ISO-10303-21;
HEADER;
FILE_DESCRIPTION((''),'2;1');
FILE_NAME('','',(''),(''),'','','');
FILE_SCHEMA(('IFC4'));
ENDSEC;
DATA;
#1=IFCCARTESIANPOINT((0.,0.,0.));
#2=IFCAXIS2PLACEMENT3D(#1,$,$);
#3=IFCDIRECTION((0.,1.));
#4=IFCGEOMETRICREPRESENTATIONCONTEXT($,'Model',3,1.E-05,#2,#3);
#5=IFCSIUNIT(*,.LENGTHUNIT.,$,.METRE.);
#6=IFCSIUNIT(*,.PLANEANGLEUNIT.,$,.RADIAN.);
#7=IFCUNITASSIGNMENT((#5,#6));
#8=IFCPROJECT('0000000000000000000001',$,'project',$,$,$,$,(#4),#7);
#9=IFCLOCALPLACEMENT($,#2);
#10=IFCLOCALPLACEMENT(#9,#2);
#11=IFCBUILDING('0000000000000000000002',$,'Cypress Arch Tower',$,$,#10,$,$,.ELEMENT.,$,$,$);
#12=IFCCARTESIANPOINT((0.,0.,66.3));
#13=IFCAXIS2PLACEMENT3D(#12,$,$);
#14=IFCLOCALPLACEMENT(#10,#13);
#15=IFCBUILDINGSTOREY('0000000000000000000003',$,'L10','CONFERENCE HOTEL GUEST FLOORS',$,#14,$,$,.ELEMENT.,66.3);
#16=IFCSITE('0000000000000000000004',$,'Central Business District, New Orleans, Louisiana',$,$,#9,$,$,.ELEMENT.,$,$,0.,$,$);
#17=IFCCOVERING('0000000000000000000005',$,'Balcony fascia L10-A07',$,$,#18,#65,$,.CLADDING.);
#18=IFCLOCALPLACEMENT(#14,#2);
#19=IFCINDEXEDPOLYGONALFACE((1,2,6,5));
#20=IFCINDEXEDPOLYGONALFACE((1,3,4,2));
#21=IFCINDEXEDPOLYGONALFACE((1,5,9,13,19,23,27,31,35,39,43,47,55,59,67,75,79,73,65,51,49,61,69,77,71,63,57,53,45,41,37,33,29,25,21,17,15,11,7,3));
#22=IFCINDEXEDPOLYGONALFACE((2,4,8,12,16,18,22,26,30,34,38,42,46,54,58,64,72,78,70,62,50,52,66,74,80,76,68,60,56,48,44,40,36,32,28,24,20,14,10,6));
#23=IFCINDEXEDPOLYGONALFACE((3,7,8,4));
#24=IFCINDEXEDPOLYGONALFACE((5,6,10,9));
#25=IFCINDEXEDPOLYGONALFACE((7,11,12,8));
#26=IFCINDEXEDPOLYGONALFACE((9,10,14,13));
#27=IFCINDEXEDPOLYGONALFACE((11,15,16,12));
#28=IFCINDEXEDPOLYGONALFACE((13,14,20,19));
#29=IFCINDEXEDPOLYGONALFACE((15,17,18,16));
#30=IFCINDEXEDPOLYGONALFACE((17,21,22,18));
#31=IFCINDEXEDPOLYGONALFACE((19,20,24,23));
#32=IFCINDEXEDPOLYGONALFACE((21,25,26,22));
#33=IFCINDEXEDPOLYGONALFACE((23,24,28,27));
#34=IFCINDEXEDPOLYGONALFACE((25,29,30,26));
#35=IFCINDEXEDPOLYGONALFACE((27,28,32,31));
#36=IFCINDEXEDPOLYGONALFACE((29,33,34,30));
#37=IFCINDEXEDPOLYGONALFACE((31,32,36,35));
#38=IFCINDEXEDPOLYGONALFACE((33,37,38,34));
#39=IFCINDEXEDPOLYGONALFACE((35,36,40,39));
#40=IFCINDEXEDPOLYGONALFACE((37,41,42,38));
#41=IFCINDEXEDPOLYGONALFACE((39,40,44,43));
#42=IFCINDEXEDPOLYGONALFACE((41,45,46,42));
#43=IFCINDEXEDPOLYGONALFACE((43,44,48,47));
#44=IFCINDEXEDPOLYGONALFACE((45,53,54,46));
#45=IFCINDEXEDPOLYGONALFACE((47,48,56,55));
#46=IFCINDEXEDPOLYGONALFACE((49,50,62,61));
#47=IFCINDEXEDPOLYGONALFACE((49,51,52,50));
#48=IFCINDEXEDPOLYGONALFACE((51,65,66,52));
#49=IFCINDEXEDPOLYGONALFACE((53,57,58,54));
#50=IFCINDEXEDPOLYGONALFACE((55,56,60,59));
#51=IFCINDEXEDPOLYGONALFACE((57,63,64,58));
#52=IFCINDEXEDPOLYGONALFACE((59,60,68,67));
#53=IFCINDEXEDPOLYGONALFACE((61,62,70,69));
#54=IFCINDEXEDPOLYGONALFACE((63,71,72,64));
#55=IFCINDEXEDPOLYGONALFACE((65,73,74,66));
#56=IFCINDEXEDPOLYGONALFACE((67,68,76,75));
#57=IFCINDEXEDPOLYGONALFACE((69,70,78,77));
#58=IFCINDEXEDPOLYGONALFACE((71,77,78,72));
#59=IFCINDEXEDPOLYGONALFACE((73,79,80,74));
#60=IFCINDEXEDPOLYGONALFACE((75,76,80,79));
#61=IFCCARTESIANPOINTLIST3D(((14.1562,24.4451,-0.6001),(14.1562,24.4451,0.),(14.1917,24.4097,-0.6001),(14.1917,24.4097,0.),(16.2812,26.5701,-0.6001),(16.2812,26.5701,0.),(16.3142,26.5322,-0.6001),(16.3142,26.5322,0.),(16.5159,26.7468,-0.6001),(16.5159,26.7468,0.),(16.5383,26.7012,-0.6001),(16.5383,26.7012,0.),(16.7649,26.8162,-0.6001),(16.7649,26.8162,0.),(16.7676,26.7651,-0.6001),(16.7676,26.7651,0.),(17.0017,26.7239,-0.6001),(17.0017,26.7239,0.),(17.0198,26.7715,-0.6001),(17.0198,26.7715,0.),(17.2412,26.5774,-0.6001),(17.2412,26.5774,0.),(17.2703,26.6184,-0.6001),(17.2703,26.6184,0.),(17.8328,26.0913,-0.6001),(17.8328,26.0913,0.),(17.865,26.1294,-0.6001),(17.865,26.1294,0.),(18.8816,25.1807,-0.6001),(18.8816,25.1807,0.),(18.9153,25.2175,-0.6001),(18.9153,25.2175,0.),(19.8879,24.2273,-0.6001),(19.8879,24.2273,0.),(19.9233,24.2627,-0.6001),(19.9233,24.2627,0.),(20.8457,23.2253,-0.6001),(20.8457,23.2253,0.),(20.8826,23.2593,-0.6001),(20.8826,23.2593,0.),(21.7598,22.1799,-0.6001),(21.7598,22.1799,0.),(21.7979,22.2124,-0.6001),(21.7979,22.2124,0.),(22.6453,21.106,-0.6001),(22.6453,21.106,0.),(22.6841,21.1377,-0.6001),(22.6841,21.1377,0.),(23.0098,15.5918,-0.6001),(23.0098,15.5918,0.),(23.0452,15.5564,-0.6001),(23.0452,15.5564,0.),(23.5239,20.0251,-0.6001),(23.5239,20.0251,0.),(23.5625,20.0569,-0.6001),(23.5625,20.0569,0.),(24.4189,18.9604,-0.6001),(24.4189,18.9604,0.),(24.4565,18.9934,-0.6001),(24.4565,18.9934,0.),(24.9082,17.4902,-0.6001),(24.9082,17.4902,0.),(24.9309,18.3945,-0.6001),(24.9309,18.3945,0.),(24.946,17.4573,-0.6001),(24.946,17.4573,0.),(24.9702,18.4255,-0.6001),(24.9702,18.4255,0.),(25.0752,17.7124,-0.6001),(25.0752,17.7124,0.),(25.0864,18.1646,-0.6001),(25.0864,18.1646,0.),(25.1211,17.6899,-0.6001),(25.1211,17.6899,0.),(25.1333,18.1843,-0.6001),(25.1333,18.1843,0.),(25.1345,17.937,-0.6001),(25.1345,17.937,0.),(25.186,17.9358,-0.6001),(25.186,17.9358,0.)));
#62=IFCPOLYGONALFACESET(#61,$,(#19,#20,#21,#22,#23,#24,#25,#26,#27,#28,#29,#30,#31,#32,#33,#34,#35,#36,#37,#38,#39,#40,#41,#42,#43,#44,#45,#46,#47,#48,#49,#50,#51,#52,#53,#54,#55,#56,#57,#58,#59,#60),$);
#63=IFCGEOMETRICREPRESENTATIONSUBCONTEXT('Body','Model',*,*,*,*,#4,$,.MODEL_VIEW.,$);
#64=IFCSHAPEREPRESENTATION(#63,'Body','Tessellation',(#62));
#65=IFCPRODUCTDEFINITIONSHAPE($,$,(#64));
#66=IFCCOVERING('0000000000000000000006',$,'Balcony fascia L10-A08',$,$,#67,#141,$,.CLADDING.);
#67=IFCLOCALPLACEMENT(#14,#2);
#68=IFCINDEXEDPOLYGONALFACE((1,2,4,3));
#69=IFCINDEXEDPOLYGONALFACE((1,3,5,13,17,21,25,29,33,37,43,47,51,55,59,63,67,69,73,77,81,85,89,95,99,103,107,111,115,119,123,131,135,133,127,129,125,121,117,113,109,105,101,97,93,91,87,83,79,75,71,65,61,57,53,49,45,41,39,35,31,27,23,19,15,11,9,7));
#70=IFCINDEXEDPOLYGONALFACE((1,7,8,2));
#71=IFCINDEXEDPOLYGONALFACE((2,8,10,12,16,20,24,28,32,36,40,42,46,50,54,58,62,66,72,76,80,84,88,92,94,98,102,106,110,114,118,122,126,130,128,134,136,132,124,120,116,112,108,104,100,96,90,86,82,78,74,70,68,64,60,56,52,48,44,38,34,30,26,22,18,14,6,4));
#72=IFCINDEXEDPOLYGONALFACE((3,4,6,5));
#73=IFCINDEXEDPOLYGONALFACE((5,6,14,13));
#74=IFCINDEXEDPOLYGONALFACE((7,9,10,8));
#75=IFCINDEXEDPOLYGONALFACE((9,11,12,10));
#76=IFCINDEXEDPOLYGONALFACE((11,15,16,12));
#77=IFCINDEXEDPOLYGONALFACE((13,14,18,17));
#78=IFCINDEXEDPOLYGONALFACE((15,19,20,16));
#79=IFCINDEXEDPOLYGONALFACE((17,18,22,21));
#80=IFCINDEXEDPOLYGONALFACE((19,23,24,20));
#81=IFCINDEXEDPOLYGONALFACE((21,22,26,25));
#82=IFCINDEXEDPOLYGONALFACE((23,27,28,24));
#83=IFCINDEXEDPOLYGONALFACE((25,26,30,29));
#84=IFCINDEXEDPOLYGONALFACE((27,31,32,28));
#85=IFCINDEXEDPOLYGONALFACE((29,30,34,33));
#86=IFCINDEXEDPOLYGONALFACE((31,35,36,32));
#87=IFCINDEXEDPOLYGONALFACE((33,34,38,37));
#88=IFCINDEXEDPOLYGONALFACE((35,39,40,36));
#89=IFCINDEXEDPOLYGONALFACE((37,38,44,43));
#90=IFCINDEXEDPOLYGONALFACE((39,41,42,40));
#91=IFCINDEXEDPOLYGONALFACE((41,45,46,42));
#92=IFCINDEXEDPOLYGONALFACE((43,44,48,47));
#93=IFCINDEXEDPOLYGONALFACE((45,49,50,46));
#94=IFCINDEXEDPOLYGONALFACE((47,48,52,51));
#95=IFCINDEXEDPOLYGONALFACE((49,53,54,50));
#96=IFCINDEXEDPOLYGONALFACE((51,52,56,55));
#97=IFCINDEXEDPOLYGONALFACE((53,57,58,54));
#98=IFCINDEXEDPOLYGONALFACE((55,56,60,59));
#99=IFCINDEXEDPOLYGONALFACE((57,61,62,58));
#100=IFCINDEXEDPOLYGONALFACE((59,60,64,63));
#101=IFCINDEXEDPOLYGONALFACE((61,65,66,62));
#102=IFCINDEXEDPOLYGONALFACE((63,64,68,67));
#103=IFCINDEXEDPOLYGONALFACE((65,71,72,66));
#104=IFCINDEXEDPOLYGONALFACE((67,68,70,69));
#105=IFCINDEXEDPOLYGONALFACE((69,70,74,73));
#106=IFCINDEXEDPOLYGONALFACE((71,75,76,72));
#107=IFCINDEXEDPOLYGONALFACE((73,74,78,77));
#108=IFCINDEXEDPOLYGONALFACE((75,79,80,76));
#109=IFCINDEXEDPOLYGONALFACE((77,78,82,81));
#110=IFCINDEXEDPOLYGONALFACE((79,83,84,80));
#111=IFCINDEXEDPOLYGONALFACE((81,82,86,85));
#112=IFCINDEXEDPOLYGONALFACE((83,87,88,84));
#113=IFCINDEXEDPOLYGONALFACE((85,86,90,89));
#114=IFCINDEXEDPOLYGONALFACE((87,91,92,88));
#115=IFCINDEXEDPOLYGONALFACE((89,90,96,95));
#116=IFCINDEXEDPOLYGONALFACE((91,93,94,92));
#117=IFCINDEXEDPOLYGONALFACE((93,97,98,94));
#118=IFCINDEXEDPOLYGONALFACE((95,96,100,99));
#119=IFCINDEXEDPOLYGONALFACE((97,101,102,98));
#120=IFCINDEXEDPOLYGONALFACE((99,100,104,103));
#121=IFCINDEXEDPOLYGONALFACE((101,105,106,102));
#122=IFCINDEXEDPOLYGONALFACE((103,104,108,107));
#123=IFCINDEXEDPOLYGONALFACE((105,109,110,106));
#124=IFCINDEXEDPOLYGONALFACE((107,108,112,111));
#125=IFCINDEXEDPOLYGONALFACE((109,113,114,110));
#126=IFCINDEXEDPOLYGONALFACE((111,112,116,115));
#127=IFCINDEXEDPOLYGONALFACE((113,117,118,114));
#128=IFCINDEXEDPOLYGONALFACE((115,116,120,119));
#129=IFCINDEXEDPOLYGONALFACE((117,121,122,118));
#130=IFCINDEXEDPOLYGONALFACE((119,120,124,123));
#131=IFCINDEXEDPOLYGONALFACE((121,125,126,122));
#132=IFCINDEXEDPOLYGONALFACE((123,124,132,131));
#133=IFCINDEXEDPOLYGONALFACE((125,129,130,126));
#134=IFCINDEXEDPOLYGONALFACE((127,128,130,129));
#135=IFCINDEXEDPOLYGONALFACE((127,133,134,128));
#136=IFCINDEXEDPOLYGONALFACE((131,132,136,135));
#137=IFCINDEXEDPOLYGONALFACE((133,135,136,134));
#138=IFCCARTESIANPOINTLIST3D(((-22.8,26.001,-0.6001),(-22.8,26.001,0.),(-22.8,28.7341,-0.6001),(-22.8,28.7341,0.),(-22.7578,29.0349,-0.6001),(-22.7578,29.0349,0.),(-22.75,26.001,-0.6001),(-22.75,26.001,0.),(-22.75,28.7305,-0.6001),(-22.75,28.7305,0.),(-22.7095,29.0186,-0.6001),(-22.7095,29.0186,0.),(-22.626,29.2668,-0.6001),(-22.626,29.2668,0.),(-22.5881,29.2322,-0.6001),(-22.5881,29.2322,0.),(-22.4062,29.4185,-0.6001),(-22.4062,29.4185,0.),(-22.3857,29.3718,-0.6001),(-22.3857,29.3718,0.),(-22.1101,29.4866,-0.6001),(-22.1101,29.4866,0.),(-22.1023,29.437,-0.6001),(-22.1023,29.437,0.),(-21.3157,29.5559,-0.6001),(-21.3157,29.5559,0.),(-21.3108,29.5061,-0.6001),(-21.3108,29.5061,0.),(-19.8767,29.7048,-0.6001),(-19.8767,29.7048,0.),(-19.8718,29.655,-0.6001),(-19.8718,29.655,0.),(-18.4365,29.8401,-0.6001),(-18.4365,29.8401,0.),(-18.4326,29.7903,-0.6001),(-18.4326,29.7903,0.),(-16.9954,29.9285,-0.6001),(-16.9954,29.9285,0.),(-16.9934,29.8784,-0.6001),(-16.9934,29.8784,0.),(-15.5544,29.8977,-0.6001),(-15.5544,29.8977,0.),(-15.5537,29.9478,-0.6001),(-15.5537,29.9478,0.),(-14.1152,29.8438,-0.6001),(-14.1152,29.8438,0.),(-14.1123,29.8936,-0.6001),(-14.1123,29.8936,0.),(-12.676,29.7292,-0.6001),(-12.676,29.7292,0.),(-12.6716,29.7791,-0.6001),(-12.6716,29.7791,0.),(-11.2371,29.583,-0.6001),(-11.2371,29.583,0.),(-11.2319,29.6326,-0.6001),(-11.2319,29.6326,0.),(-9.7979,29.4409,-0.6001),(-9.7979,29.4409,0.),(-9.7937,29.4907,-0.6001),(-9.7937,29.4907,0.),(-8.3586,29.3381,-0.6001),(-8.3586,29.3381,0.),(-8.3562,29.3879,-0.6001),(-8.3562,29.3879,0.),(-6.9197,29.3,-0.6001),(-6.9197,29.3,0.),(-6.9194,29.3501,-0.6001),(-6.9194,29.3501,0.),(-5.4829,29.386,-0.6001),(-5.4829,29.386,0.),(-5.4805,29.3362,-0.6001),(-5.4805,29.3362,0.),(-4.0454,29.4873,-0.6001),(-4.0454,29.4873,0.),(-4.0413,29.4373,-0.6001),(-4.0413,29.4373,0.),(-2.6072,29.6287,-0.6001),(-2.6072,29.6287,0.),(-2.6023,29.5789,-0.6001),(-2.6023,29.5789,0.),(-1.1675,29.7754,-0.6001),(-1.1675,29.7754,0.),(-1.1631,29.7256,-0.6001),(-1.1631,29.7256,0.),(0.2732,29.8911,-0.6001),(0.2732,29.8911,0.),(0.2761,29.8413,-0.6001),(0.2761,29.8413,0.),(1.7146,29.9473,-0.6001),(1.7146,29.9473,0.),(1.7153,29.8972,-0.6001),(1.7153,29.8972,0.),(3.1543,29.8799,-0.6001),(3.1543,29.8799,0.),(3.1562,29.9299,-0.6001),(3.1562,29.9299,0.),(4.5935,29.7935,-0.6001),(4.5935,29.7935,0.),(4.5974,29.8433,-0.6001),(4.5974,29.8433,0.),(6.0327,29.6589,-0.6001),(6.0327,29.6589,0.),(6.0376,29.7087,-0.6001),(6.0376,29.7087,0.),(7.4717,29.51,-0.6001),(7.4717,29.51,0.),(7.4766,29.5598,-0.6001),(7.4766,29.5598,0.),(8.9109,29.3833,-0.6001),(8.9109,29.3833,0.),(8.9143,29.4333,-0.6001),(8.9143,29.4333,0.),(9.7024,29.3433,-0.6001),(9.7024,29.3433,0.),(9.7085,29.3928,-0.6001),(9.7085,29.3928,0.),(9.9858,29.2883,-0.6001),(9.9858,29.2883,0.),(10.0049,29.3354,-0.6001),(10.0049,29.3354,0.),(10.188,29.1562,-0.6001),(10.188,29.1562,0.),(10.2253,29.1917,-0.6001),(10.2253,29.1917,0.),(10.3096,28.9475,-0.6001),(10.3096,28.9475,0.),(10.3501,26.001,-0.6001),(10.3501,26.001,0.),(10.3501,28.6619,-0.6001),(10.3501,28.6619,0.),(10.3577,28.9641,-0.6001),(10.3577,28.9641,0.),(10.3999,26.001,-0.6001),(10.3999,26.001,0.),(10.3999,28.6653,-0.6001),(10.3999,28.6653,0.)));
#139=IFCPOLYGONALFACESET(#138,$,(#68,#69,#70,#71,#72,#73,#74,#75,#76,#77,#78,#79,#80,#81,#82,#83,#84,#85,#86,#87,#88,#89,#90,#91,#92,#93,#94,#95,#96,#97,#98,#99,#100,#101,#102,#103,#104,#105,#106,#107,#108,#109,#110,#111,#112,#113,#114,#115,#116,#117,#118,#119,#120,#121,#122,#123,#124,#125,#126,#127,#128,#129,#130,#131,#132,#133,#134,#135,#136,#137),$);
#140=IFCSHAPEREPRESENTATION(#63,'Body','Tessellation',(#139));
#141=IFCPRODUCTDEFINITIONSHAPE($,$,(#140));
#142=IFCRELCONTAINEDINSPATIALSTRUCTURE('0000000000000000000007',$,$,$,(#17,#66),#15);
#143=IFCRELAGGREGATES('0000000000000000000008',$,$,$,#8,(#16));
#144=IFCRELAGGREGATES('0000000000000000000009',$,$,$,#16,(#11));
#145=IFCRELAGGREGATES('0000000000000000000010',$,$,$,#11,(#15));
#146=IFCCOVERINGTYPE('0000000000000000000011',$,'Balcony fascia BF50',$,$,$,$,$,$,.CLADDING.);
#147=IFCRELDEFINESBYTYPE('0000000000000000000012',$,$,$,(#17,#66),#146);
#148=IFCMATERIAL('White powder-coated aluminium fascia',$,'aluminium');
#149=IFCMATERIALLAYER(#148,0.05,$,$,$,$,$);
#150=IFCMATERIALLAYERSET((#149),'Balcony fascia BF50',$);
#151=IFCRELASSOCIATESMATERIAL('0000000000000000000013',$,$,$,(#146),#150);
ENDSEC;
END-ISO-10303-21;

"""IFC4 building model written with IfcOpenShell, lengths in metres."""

from ifc_helpers import new_model, si_unit, direction, frame, origin, place, context, subcontext, project, spatial, polyline, outline, extrude, material, layer, layer_set, type_object, element, save


model = new_model("IFC4")

# Units and contexts
model_context = context("Model", 3, precision=1e-05, world=origin(), true_north=direction((0.0, 1.0)))
body_context = subcontext(model_context, "Body", "Model", "MODEL_VIEW")
ifc_project = project(units=[si_unit("LENGTHUNIT", "METRE"), si_unit("PLANEANGLEUNIT", "RADIAN")], contexts=[model_context])

# Site, building, storey
site_placement = place(None, origin())
site = spatial("IfcSite", under=ifc_project, at=site_placement, Name="Central Business District, New Orleans, Louisiana", CompositionType="ELEMENT", RefElevation=0.0)
building_placement = place(site_placement, origin())
building = spatial("IfcBuilding", under=site, at=building_placement, Name="Cypress Arch Tower", CompositionType="ELEMENT")
storey_placement = place(building_placement, frame((0.0, 0.0, 66.3)))
storey = spatial("IfcBuildingStorey", under=building, at=storey_placement, Name="L10", Description="CONFERENCE HOTEL GUEST FLOORS", CompositionType="ELEMENT", Elevation=66.3)

# Coverings
ifc_material_1 = material(Name="White powder-coated aluminium fascia", Category="aluminium")
ifc_layer_1 = layer(ifc_material_1, 0.05)
ifc_layer_set_1 = layer_set([ifc_layer_1], Name="Balcony fascia BF50")
covering_type_1 = type_object("IfcCoveringType", Name="Balcony fascia BF50", PredefinedType="CLADDING", material=ifc_layer_set_1)
covering_1_placement = place(storey_placement, frame((0.0, 0.0, -0.6001)))
element("IfcCovering", 1, at=covering_1_placement, inside=storey, type_object=covering_type_1, Name="Balcony fascia L10-A07", PredefinedType="CLADDING", context=body_context, shape_type="SweptSolid", body=[
    extrude(outline(polyline([(16.2812, 26.5701), (16.5159, 26.7468), (16.7649, 26.8162), (17.0198, 26.7715), (17.2703, 26.6184), (17.865, 26.1294), (18.9153, 25.2175), (19.9233, 24.2627), (20.8826, 23.2593), (21.7979, 22.2124), (22.6841, 21.1377), (23.5625, 20.0569), (24.4565, 18.9934), (24.9702, 18.4255), (25.1333, 18.1843), (25.186, 17.9358), (25.1211, 17.6899), (24.946, 17.4573), (23.0452, 15.5564), (23.0098, 15.5918), (24.9082, 17.4902), (25.0752, 17.7124), (25.1345, 17.937), (25.0864, 18.1646), (24.9309, 18.3945), (24.4189, 18.9604), (23.5239, 20.0251), (22.6453, 21.106), (21.7598, 22.1799), (20.8457, 23.2253), (19.8879, 24.2273), (18.8816, 25.1807), (17.8328, 26.0913), (17.2412, 26.5774), (17.0017, 26.7239), (16.7676, 26.7651), (16.5383, 26.7012), (16.3142, 26.5322), (14.1917, 24.4097), (14.1562, 24.4451), (16.2812, 26.5701)])), origin(), (0.0, 0.0, 1.0), 0.6001),
])
covering_2_placement = place(storey_placement, frame((0.0, 0.0, -0.6001)))
element("IfcCovering", 2, at=covering_2_placement, inside=storey, type_object=covering_type_1, Name="Balcony fascia L10-A08", PredefinedType="CLADDING", context=body_context, shape_type="SweptSolid", body=[
    extrude(outline(polyline([(-22.8, 28.7341), (-22.7578, 29.0349), (-22.626, 29.2668), (-22.4062, 29.4185), (-22.1101, 29.4866), (-21.3157, 29.5559), (-19.8767, 29.7048), (-18.4365, 29.8401), (-16.9954, 29.9285), (-15.5537, 29.9478), (-14.1123, 29.8936), (-12.6716, 29.7791), (-11.2319, 29.6326), (-9.7937, 29.4907), (-8.3562, 29.3879), (-6.9194, 29.3501), (-5.4829, 29.386), (-4.0454, 29.4873), (-2.6072, 29.6287), (-1.1675, 29.7754), (0.2732, 29.8911), (1.7146, 29.9473), (3.1562, 29.9299), (4.5974, 29.8433), (6.0376, 29.7087), (7.4766, 29.5598), (8.9143, 29.4333), (9.7085, 29.3928), (10.0049, 29.3354), (10.2253, 29.1917), (10.3577, 28.9641), (10.3999, 28.6653), (10.3999, 26.001), (10.3501, 26.001), (10.3501, 28.6619), (10.3096, 28.9475), (10.188, 29.1562), (9.9858, 29.2883), (9.7024, 29.3433), (8.9109, 29.3833), (7.4717, 29.51), (6.0327, 29.6589), (4.5935, 29.7935), (3.1543, 29.8799), (1.7153, 29.8972), (0.2761, 29.8413), (-1.1631, 29.7256), (-2.6023, 29.5789), (-4.0413, 29.4373), (-5.4805, 29.3362), (-6.9197, 29.3), (-8.3586, 29.3381), (-9.7979, 29.4409), (-11.2371, 29.583), (-12.676, 29.7292), (-14.1152, 29.8438), (-15.5544, 29.8977), (-16.9934, 29.8784), (-18.4326, 29.7903), (-19.8718, 29.655), (-21.3108, 29.5061), (-22.1023, 29.437), (-22.3857, 29.3718), (-22.5881, 29.2322), (-22.7095, 29.0186), (-22.75, 28.7305), (-22.75, 26.001), (-22.8, 26.001), (-22.8, 28.7341)])), origin(), (0.0, 0.0, 1.0), 0.6001),
])

save(model, "model.ifc")
